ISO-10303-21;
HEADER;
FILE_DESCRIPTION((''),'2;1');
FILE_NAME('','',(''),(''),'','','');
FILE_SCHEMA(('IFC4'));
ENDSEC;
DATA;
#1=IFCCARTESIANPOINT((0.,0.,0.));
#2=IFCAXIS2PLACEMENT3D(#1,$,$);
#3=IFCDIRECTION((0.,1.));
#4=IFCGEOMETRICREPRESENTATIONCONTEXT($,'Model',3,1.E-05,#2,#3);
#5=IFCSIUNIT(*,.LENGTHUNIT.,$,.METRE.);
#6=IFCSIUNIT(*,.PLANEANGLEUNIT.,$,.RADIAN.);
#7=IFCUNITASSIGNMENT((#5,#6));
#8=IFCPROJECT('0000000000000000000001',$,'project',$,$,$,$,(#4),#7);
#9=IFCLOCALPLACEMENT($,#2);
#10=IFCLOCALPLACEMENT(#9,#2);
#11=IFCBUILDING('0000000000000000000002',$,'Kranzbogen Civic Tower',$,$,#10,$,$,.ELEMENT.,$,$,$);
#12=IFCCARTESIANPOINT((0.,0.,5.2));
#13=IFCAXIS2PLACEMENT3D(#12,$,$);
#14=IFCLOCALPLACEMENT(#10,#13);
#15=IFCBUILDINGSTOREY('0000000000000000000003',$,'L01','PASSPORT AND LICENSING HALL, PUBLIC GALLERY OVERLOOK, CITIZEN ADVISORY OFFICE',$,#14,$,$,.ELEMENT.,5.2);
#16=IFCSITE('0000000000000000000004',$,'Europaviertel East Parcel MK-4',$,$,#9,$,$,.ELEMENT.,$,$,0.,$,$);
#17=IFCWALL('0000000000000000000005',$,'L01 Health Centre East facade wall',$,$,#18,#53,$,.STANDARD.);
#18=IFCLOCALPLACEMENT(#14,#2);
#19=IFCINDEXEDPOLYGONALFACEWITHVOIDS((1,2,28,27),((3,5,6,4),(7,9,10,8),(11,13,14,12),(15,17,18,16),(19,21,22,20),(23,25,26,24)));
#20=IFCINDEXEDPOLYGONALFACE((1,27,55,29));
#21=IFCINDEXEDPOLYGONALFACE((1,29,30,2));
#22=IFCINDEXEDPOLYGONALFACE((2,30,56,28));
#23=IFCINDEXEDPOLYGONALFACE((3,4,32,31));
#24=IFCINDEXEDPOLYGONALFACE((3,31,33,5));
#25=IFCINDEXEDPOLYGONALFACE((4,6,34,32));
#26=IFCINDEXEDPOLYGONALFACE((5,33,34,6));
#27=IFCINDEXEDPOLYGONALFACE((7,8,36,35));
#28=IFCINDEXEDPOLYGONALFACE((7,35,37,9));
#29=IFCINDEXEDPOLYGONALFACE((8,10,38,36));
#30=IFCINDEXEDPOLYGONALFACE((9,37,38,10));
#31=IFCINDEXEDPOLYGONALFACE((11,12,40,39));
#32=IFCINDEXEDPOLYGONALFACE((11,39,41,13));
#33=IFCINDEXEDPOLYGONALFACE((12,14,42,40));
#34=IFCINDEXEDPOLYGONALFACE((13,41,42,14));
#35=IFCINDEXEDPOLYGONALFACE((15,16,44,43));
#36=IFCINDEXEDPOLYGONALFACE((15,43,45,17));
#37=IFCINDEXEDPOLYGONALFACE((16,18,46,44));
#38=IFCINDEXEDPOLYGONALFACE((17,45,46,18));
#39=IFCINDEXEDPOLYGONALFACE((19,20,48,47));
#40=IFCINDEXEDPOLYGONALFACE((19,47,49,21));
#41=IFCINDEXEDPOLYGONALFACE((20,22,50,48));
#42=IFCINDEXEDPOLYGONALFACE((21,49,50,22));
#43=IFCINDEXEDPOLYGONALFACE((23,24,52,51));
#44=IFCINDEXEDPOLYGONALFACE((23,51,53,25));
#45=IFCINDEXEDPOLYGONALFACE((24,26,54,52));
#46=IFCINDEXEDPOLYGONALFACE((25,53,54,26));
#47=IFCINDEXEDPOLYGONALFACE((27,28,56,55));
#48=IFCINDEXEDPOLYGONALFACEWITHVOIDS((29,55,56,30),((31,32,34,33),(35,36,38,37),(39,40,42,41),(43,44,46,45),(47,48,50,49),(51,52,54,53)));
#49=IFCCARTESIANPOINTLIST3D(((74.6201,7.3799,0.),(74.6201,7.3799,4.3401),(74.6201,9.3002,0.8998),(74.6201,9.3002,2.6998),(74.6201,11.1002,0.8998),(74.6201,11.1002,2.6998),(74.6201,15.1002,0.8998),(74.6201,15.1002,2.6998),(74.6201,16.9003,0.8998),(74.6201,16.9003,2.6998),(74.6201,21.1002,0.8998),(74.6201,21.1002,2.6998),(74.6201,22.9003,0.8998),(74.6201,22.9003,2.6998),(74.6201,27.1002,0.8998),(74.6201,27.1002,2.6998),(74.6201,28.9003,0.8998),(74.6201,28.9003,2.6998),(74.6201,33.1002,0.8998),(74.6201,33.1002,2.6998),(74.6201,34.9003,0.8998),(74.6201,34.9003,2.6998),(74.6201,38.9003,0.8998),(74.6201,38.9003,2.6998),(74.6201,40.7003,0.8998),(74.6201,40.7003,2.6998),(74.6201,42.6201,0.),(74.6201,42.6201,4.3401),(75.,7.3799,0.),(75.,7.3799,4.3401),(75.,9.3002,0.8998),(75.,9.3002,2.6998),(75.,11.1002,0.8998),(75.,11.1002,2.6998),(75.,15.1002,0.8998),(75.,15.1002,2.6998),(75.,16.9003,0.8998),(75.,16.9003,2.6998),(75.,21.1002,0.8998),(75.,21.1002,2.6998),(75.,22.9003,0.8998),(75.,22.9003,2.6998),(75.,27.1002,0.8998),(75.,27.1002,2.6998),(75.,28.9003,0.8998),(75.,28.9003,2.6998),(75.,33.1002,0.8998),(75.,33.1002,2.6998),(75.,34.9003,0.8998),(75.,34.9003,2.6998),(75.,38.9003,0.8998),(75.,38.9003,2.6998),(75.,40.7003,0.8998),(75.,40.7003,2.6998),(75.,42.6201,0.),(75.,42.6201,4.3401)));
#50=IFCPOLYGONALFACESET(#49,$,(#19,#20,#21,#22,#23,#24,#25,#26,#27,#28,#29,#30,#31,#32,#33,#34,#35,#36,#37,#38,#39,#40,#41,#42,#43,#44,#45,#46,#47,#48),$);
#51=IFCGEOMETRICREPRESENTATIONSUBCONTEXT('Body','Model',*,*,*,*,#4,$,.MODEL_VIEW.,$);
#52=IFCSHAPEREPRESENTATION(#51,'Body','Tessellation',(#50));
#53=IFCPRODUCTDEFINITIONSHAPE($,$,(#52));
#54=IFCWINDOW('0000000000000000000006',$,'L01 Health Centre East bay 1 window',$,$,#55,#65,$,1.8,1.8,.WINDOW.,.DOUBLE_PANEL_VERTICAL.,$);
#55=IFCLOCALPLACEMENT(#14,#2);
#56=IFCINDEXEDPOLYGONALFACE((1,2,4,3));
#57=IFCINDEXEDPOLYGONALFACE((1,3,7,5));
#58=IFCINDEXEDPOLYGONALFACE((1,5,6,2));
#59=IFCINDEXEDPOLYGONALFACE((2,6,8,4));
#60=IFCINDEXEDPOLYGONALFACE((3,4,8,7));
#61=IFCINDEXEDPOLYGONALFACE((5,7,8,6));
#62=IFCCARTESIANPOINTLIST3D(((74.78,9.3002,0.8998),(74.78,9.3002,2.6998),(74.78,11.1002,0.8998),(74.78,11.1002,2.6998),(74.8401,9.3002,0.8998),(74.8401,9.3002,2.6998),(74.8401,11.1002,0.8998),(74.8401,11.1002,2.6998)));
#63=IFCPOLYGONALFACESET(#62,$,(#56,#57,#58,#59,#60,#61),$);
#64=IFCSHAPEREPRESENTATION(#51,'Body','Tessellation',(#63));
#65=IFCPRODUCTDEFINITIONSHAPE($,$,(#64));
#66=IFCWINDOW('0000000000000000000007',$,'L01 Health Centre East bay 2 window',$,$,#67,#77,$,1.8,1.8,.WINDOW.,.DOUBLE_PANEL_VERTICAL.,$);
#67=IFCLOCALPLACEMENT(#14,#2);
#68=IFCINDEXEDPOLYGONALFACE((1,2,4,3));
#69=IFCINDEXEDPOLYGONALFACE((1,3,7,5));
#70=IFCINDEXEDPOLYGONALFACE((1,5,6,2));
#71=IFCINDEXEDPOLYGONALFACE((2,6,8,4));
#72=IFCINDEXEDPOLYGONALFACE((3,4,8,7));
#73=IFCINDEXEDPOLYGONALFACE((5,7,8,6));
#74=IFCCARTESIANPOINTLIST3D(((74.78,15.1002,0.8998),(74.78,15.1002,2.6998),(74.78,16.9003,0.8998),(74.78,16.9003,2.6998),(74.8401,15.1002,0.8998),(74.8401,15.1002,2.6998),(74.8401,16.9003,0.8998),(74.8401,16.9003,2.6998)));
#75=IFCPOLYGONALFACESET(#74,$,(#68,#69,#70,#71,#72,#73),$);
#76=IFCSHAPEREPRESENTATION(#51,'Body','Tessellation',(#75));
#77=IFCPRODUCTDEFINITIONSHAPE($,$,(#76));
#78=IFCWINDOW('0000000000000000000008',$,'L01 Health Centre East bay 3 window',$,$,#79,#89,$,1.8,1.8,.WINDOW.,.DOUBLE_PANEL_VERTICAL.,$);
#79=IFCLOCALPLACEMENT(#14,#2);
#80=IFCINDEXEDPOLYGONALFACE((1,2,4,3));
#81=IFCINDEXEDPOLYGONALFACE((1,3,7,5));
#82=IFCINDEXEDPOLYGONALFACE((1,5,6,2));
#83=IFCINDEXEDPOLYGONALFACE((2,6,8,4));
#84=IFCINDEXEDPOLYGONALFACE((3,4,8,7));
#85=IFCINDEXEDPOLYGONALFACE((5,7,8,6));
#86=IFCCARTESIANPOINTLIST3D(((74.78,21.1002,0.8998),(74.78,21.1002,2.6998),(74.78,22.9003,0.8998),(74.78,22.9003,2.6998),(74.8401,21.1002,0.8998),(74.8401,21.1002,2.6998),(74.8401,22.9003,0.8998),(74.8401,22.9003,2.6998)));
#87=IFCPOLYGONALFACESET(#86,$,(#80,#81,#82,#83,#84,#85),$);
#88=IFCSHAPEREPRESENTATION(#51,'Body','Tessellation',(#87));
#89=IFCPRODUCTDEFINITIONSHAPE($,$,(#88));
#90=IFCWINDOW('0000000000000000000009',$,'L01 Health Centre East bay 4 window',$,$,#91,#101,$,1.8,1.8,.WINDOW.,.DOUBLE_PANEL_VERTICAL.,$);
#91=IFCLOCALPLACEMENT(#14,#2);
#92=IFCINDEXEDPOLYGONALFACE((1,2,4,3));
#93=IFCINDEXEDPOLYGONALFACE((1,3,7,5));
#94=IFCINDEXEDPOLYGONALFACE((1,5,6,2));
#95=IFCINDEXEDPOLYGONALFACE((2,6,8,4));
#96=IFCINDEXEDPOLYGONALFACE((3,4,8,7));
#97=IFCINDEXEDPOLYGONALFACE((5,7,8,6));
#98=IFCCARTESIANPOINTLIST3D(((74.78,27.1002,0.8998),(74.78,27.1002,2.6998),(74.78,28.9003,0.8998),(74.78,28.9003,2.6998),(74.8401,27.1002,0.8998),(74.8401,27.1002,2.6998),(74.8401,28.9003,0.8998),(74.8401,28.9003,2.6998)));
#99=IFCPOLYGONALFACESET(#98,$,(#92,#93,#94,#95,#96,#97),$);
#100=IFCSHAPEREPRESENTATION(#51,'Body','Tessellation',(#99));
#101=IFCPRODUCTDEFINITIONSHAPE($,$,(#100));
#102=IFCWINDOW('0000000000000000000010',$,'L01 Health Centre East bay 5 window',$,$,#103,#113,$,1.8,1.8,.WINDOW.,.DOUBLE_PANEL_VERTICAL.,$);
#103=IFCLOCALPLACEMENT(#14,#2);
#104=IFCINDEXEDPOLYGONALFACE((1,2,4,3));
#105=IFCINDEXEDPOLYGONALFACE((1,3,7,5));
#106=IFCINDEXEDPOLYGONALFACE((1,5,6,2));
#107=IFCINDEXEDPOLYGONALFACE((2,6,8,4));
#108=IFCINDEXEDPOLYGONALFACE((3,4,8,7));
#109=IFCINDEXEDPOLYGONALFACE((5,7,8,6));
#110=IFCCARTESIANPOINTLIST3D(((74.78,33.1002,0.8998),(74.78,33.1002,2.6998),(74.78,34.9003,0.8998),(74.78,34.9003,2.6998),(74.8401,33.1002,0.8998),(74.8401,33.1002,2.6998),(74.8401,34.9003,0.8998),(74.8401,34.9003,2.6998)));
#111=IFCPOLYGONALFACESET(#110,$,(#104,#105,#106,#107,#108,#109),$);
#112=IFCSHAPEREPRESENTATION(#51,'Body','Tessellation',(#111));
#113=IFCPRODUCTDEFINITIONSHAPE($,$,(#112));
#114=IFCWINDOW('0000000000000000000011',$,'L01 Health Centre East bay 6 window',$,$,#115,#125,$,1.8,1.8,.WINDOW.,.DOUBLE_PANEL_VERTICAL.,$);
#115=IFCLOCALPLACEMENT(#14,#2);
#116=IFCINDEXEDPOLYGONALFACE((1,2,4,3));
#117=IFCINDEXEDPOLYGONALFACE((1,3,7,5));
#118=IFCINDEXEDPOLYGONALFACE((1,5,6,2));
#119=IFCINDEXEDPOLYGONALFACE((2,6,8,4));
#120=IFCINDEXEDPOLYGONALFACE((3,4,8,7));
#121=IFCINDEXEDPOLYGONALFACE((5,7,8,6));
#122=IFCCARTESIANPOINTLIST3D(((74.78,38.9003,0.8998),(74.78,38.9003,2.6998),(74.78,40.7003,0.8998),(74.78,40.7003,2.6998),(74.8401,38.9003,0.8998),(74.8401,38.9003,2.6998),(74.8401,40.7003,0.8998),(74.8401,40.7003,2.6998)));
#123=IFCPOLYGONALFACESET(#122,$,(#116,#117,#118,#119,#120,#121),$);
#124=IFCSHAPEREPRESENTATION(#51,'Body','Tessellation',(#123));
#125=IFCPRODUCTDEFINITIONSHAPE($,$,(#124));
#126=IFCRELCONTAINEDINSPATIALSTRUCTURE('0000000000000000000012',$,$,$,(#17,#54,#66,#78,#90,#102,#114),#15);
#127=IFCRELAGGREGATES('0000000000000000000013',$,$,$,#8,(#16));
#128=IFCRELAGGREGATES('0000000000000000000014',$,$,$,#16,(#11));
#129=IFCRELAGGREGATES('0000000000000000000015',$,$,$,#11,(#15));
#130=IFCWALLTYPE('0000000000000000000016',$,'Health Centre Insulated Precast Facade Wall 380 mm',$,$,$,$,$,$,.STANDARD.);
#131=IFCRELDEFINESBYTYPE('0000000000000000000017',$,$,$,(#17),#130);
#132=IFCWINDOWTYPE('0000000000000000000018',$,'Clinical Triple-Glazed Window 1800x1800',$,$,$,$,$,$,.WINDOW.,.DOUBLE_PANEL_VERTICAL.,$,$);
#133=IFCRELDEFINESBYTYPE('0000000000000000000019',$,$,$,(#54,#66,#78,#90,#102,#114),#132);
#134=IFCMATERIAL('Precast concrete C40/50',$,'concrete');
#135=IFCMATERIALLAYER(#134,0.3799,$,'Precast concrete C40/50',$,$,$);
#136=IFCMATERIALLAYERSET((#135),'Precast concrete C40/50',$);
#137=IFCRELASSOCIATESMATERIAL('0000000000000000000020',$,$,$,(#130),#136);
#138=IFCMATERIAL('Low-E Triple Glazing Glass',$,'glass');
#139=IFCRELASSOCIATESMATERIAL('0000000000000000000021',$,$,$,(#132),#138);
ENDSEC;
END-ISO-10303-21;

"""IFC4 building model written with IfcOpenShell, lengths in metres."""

from ifc_helpers import new_model, si_unit, direction, frame, frame_2d, origin, place, context, subcontext, project, spatial, rectangle, extrude, material, layer, layer_set, type_object, element, fill, save


model = new_model("IFC4")

# Units and contexts
model_context = context("Model", 3, precision=1e-05, world=origin(), true_north=direction((0.0, 1.0)))
body_context = subcontext(model_context, "Body", "Model", "MODEL_VIEW")
ifc_project = project(units=[si_unit("LENGTHUNIT", "METRE"), si_unit("PLANEANGLEUNIT", "RADIAN")], contexts=[model_context])

# Site, building, storey
site_placement = place(None, origin())
site = spatial("IfcSite", under=ifc_project, at=site_placement, Name="Europaviertel East Parcel MK-4", CompositionType="ELEMENT", RefElevation=0.0)
building_placement = place(site_placement, origin())
building = spatial("IfcBuilding", under=site, at=building_placement, Name="Kranzbogen Civic Tower", CompositionType="ELEMENT")
storey_placement = place(building_placement, frame((0.0, 0.0, 5.2)))
storey = spatial("IfcBuildingStorey", under=building, at=storey_placement, Name="L01", Description="PASSPORT AND LICENSING HALL, PUBLIC GALLERY OVERLOOK, CITIZEN ADVISORY OFFICE", CompositionType="ELEMENT", Elevation=5.2)

# Wall, openings, windows
ifc_material_1 = material(Name="Precast concrete C40/50", Category="concrete")
ifc_layer_1 = layer(ifc_material_1, 0.3799, Name="Precast concrete C40/50")
ifc_layer_set_1 = layer_set([ifc_layer_1], Name="Precast concrete C40/50")
wall_type_1 = type_object("IfcWallType", Name="Health Centre Insulated Precast Facade Wall 380 mm", PredefinedType="STANDARD", material=ifc_layer_set_1)
wall_1_placement = place(storey_placement, frame((74.8101, 42.6201, 0.0), z_axis=(0.0, 0.0, 1.0), x_axis=(0.0, -1.0, 0.0)))
wall_1 = element("IfcWall", 1, at=wall_1_placement, inside=storey, type_object=wall_type_1, Name="L01 Health Centre East facade wall", PredefinedType="STANDARD", context=body_context, shape_type="SweptSolid", body=[
    extrude(rectangle(XDim=35.2402, YDim=0.3799, at=frame_2d((17.6201, 0.0))), origin(), (0.0, 0.0, 1.0), 4.3401),
])
opening_1_placement = place(wall_1_placement, frame((31.52, 0.0, 0.8999)))
opening_1 = element("IfcOpeningElement", 2, at=opening_1_placement, cuts=wall_1, PredefinedType="OPENING", context=body_context, shape_type="SweptSolid", body=[
    extrude(rectangle(XDim=1.8, YDim=1.8, at=frame_2d((0.8999, 0.8999))), frame((0.0, 0.2, 0.0), z_axis=(0.0, -1.0, 0.0), x_axis=(1.0, 0.0, 0.0)), (0.0, 0.0, 1.0), 0.3999),
])
opening_2_placement = place(wall_1_placement, frame((25.72, 0.0, 0.8999)))
opening_2 = element("IfcOpeningElement", 3, at=opening_2_placement, cuts=wall_1, PredefinedType="OPENING", context=body_context, shape_type="SweptSolid", body=[
    extrude(rectangle(XDim=1.8, YDim=1.8, at=frame_2d((0.8999, 0.8999))), frame((0.0, 0.2, 0.0), z_axis=(0.0, -1.0, 0.0), x_axis=(1.0, 0.0, 0.0)), (0.0, 0.0, 1.0), 0.3999),
])
opening_3_placement = place(wall_1_placement, frame((19.72, 0.0, 0.8999)))
opening_3 = element("IfcOpeningElement", 4, at=opening_3_placement, cuts=wall_1, PredefinedType="OPENING", context=body_context, shape_type="SweptSolid", body=[
    extrude(rectangle(XDim=1.8, YDim=1.8, at=frame_2d((0.8999, 0.8999))), frame((0.0, 0.2, 0.0), z_axis=(0.0, -1.0, 0.0), x_axis=(1.0, 0.0, 0.0)), (0.0, 0.0, 1.0), 0.3999),
])
opening_4_placement = place(wall_1_placement, frame((13.72, 0.0, 0.8999)))
opening_4 = element("IfcOpeningElement", 5, at=opening_4_placement, cuts=wall_1, PredefinedType="OPENING", context=body_context, shape_type="SweptSolid", body=[
    extrude(rectangle(XDim=1.8, YDim=1.8, at=frame_2d((0.8999, 0.8999))), frame((0.0, 0.2, 0.0), z_axis=(0.0, -1.0, 0.0), x_axis=(1.0, 0.0, 0.0)), (0.0, 0.0, 1.0), 0.3999),
])
opening_5_placement = place(wall_1_placement, frame((7.72, 0.0, 0.8999)))
opening_5 = element("IfcOpeningElement", 6, at=opening_5_placement, cuts=wall_1, PredefinedType="OPENING", context=body_context, shape_type="SweptSolid", body=[
    extrude(rectangle(XDim=1.8, YDim=1.8, at=frame_2d((0.8999, 0.8999))), frame((0.0, 0.2, 0.0), z_axis=(0.0, -1.0, 0.0), x_axis=(1.0, 0.0, 0.0)), (0.0, 0.0, 1.0), 0.3999),
])
opening_6_placement = place(wall_1_placement, frame((1.9199, 0.0, 0.8999)))
opening_6 = element("IfcOpeningElement", 7, at=opening_6_placement, cuts=wall_1, PredefinedType="OPENING", context=body_context, shape_type="SweptSolid", body=[
    extrude(rectangle(XDim=1.8, YDim=1.8, at=frame_2d((0.8999, 0.8999))), frame((0.0, 0.2, 0.0), z_axis=(0.0, -1.0, 0.0), x_axis=(1.0, 0.0, 0.0)), (0.0, 0.0, 1.0), 0.3999),
])
ifc_material_2 = material(Name="Low-E Triple Glazing Glass", Category="glass")
window_type = type_object("IfcWindowType", Name="Clinical Triple-Glazed Window 1800x1800", PartitioningType="DOUBLE_PANEL_VERTICAL", PredefinedType="WINDOW", material=ifc_material_2)
window_1_placement = place(opening_1_placement, origin())
window_1 = element("IfcWindow", 8, at=window_1_placement, inside=storey, type_object=window_type, Name="L01 Health Centre East bay 1 window", OverallHeight=1.8, OverallWidth=1.8, PartitioningType="DOUBLE_PANEL_VERTICAL", PredefinedType="WINDOW", context=body_context, shape_type="SweptSolid", body=[
    extrude(rectangle(XDim=1.8, YDim=1.8, at=frame_2d((0.8999, 0.8999))), frame((0.0, 0.03, 0.0), z_axis=(0.0, -1.0, 0.0), x_axis=(1.0, 0.0, 0.0)), (0.0, 0.0, 1.0), 0.0601),
])
fill(opening_1, window_1)
window_2_placement = place(opening_2_placement, origin())
window_2 = element("IfcWindow", 9, at=window_2_placement, inside=storey, type_object=window_type, Name="L01 Health Centre East bay 2 window", OverallHeight=1.8, OverallWidth=1.8, PartitioningType="DOUBLE_PANEL_VERTICAL", PredefinedType="WINDOW", context=body_context, shape_type="SweptSolid", body=[
    extrude(rectangle(XDim=1.8, YDim=1.8, at=frame_2d((0.8999, 0.8999))), frame((0.0, 0.03, 0.0), z_axis=(0.0, -1.0, 0.0), x_axis=(1.0, 0.0, 0.0)), (0.0, 0.0, 1.0), 0.0601),
])
fill(opening_2, window_2)
window_3_placement = place(opening_3_placement, origin())
window_3 = element("IfcWindow", 10, at=window_3_placement, inside=storey, type_object=window_type, Name="L01 Health Centre East bay 3 window", OverallHeight=1.8, OverallWidth=1.8, PartitioningType="DOUBLE_PANEL_VERTICAL", PredefinedType="WINDOW", context=body_context, shape_type="SweptSolid", body=[
    extrude(rectangle(XDim=1.8, YDim=1.8, at=frame_2d((0.8999, 0.8999))), frame((0.0, 0.03, 0.0), z_axis=(0.0, -1.0, 0.0), x_axis=(1.0, 0.0, 0.0)), (0.0, 0.0, 1.0), 0.0601),
])
fill(opening_3, window_3)
window_4_placement = place(opening_4_placement, origin())
window_4 = element("IfcWindow", 11, at=window_4_placement, inside=storey, type_object=window_type, Name="L01 Health Centre East bay 4 window", OverallHeight=1.8, OverallWidth=1.8, PartitioningType="DOUBLE_PANEL_VERTICAL", PredefinedType="WINDOW", context=body_context, shape_type="SweptSolid", body=[
    extrude(rectangle(XDim=1.8, YDim=1.8, at=frame_2d((0.8999, 0.8999))), frame((0.0, 0.03, 0.0), z_axis=(0.0, -1.0, 0.0), x_axis=(1.0, 0.0, 0.0)), (0.0, 0.0, 1.0), 0.0601),
])
fill(opening_4, window_4)
window_5_placement = place(opening_5_placement, origin())
window_5 = element("IfcWindow", 12, at=window_5_placement, inside=storey, type_object=window_type, Name="L01 Health Centre East bay 5 window", OverallHeight=1.8, OverallWidth=1.8, PartitioningType="DOUBLE_PANEL_VERTICAL", PredefinedType="WINDOW", context=body_context, shape_type="SweptSolid", body=[
    extrude(rectangle(XDim=1.8, YDim=1.8, at=frame_2d((0.8999, 0.8999))), frame((0.0, 0.03, 0.0), z_axis=(0.0, -1.0, 0.0), x_axis=(1.0, 0.0, 0.0)), (0.0, 0.0, 1.0), 0.0601),
])
fill(opening_5, window_5)
window_6_placement = place(opening_6_placement, origin())
window_6 = element("IfcWindow", 13, at=window_6_placement, inside=storey, type_object=window_type, Name="L01 Health Centre East bay 6 window", OverallHeight=1.8, OverallWidth=1.8, PartitioningType="DOUBLE_PANEL_VERTICAL", PredefinedType="WINDOW", context=body_context, shape_type="SweptSolid", body=[
    extrude(rectangle(XDim=1.8, YDim=1.8, at=frame_2d((0.8999, 0.8999))), frame((0.0, 0.03, 0.0), z_axis=(0.0, -1.0, 0.0), x_axis=(1.0, 0.0, 0.0)), (0.0, 0.0, 1.0), 0.0601),
])
fill(opening_6, window_6)

save(model, "model.ifc")
